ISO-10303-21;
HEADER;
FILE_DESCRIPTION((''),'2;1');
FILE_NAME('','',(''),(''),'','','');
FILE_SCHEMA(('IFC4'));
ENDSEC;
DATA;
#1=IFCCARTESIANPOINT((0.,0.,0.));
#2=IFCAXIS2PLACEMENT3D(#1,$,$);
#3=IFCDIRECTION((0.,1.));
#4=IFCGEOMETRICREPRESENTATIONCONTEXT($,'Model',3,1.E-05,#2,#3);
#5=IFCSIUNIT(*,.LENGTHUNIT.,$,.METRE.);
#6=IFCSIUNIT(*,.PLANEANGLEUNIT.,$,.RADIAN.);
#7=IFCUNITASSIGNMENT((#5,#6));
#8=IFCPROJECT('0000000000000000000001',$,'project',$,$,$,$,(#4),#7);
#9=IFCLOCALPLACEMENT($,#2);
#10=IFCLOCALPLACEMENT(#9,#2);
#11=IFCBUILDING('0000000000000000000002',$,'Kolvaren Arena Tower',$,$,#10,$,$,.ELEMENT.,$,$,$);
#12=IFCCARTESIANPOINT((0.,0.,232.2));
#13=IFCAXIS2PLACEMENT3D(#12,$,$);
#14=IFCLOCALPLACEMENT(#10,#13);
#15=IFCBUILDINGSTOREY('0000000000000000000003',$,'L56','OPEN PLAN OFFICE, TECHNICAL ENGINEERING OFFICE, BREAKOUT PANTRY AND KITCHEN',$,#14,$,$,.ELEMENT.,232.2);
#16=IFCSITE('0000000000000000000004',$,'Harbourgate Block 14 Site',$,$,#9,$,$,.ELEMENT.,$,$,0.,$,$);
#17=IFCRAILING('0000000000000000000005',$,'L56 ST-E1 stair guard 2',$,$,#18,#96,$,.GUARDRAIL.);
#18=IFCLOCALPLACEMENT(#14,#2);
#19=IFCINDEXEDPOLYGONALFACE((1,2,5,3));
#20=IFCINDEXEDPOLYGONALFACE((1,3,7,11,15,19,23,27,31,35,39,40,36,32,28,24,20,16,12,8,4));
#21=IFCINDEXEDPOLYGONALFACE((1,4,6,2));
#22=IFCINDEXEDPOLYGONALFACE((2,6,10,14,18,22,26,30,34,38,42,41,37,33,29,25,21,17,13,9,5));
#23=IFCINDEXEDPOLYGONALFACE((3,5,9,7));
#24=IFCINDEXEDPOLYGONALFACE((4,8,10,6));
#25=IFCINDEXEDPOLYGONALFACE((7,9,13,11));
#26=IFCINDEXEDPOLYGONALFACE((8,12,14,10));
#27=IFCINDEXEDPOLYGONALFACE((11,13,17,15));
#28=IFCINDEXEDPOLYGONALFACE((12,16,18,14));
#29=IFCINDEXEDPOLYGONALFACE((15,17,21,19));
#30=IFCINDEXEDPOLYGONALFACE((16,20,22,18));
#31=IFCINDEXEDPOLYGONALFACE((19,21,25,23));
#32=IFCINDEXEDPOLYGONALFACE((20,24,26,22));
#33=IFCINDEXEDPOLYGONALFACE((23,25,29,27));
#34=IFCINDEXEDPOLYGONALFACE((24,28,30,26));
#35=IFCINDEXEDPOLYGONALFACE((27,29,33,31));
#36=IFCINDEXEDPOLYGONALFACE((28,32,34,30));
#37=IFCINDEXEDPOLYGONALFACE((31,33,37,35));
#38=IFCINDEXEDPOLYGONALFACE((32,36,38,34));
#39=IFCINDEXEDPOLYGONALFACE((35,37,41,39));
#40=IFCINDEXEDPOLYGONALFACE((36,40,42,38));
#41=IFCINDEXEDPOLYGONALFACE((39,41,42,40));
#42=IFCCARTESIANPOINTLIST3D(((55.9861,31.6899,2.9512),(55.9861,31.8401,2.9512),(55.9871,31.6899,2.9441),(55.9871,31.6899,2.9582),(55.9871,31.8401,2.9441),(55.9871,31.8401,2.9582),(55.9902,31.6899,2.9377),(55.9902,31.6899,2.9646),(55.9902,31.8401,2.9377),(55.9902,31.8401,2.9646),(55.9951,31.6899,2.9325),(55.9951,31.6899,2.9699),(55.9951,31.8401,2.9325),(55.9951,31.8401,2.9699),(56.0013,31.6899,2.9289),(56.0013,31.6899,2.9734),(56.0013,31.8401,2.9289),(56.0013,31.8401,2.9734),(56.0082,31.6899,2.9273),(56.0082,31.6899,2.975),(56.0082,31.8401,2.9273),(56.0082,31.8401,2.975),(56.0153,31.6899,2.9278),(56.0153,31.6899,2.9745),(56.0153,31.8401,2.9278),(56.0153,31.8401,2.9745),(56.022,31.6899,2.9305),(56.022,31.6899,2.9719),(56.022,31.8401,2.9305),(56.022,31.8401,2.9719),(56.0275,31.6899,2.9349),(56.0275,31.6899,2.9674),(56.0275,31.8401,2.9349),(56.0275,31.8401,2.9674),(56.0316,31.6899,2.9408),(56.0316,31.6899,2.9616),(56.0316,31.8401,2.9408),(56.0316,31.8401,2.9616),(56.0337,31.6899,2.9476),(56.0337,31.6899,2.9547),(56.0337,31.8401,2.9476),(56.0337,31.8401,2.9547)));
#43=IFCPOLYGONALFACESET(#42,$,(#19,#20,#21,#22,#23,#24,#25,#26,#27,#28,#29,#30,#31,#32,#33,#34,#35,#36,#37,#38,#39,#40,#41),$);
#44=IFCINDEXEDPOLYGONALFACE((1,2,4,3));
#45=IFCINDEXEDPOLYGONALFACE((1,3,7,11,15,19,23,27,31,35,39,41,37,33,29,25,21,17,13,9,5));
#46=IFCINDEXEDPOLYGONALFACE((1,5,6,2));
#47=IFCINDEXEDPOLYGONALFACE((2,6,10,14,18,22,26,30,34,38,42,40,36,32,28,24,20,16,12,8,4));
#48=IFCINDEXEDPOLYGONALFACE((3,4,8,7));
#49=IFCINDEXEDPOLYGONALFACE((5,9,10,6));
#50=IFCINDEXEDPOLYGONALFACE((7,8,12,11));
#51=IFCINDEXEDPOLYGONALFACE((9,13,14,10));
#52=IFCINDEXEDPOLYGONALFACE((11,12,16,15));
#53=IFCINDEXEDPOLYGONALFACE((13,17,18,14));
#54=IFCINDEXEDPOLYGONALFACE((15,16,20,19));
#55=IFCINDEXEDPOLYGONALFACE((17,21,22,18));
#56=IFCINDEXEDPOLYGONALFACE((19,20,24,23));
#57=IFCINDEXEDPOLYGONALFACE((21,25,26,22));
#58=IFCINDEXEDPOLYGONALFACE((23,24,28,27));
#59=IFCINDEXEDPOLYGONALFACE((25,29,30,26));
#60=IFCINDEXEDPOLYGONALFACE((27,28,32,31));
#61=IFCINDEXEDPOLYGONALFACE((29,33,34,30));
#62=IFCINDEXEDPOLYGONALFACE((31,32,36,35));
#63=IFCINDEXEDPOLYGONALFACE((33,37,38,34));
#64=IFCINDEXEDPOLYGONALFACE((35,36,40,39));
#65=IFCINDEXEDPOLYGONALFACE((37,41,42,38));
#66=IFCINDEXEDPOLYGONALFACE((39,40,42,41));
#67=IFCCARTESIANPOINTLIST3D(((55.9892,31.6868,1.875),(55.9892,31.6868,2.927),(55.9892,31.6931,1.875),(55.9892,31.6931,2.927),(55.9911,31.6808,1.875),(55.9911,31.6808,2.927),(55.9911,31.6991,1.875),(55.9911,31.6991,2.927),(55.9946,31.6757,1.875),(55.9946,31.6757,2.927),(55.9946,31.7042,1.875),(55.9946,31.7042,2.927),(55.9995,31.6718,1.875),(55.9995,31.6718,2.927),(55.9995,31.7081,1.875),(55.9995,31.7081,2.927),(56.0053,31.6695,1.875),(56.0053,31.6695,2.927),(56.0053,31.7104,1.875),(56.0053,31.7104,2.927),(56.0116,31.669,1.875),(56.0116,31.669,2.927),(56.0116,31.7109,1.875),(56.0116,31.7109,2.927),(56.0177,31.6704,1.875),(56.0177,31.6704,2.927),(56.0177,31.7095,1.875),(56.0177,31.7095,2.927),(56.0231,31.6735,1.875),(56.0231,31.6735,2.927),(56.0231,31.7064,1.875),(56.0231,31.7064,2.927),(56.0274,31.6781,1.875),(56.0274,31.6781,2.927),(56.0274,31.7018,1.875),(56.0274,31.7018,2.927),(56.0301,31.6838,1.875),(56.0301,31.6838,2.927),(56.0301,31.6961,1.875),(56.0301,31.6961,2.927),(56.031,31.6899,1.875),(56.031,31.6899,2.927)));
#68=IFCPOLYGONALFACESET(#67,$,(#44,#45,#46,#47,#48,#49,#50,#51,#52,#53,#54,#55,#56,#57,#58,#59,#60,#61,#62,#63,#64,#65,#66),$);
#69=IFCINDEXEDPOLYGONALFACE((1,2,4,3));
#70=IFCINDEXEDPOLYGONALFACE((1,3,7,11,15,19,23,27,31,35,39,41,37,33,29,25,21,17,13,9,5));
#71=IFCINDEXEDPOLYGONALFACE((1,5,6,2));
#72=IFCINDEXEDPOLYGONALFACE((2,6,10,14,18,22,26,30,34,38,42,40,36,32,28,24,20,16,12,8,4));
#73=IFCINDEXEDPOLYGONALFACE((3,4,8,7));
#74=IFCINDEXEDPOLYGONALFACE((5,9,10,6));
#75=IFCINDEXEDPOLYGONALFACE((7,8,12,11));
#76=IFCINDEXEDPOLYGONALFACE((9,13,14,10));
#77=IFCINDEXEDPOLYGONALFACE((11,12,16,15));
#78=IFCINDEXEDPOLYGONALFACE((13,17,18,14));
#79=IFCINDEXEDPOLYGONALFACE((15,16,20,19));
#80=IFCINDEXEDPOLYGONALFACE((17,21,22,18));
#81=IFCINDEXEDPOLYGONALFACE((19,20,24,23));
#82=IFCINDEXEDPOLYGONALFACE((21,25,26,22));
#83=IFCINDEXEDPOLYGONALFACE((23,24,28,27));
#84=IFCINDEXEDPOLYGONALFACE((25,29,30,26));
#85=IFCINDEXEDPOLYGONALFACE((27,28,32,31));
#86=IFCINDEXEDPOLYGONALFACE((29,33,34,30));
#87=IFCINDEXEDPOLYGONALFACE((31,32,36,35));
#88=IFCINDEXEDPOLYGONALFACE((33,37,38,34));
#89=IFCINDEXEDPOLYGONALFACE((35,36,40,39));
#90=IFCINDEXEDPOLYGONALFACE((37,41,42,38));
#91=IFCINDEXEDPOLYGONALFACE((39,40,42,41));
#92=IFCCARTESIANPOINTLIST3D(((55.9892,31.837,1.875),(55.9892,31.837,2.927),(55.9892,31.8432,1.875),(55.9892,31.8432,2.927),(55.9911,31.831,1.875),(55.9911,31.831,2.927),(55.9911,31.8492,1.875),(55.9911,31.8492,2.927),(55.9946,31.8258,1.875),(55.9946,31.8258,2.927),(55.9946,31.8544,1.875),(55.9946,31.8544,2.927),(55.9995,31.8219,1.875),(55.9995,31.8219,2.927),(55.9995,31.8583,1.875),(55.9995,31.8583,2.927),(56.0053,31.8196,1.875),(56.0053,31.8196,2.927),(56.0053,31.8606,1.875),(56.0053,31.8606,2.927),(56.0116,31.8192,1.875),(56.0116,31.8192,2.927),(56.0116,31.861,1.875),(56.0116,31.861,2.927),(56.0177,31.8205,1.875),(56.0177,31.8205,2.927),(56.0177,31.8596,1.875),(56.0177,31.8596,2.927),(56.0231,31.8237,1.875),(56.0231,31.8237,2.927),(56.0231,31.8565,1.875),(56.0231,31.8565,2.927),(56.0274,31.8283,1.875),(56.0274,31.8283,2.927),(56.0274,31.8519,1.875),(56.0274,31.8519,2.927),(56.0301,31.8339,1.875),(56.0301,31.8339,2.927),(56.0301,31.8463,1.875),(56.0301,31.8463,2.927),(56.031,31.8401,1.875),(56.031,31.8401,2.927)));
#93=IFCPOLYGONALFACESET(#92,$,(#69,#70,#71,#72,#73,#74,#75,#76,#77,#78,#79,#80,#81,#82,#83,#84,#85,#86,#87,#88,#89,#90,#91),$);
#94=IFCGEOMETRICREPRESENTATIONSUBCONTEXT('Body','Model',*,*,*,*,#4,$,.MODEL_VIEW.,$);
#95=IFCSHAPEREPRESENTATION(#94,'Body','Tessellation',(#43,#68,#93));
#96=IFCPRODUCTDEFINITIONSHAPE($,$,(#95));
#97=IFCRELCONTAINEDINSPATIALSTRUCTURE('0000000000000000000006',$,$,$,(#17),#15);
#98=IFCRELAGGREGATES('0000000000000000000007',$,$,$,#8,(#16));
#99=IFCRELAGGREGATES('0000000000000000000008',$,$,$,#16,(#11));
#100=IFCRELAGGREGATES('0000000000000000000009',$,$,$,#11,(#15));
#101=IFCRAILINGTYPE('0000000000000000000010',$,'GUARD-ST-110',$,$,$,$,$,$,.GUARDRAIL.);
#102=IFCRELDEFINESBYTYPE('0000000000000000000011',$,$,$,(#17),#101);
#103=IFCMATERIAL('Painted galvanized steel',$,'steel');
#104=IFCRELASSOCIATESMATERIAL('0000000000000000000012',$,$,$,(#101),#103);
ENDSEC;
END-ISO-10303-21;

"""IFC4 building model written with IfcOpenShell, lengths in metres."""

from ifc_helpers import new_model, si_unit, direction, frame, origin, origin_2d, place, context, subcontext, project, spatial, circle, extrude, material, type_object, element, save


model = new_model("IFC4")

# Units and contexts
model_context = context("Model", 3, precision=1e-05, world=origin(), true_north=direction((0.0, 1.0)))
body_context = subcontext(model_context, "Body", "Model", "MODEL_VIEW")
ifc_project = project(units=[si_unit("LENGTHUNIT", "METRE"), si_unit("PLANEANGLEUNIT", "RADIAN")], contexts=[model_context])

# Site, building, storey
site_placement = place(None, origin())
site = spatial("IfcSite", under=ifc_project, at=site_placement, Name="Harbourgate Block 14 Site", CompositionType="ELEMENT", RefElevation=0.0)
building_placement = place(site_placement, origin())
building = spatial("IfcBuilding", under=site, at=building_placement, Name="Kolvaren Arena Tower", CompositionType="ELEMENT")
storey_placement = place(building_placement, frame((0.0, 0.0, 232.2)))
storey = spatial("IfcBuildingStorey", under=building, at=storey_placement, Name="L56", Description="OPEN PLAN OFFICE, TECHNICAL ENGINEERING OFFICE, BREAKOUT PANTRY AND KITCHEN", CompositionType="ELEMENT", Elevation=232.2)

# Railing
ifc_material_1 = material(Name="Painted galvanized steel", Category="steel")
railing_type_1 = type_object("IfcRailingType", Name="GUARD-ST-110", PredefinedType="GUARDRAIL", material=ifc_material_1)
railing_1_placement = place(storey_placement, frame((56.01, 31.6899, 1.875)))
element("IfcRailing", 1, at=railing_1_placement, inside=storey, type_object=railing_type_1, Name="L56 ST-E1 stair guard 2", PredefinedType="GUARDRAIL", context=body_context, shape_type="SweptSolid", body=[
    extrude(circle(Radius=0.0239, at=origin_2d()), frame((0.0, 0.0, 1.0762), z_axis=(0.0, 1.0, 0.0), x_axis=(-1.0, 0.0, 0.0)), (0.0, 0.0, 1.0), 0.1501),
    extrude(circle(Radius=0.021, at=origin_2d()), origin(), (0.0, 0.0, 1.0), 1.052),
    extrude(circle(Radius=0.021, at=origin_2d()), frame((0.0, 0.1501, 0.0)), (0.0, 0.0, 1.0), 1.052),
])

save(model, "model.ifc")
